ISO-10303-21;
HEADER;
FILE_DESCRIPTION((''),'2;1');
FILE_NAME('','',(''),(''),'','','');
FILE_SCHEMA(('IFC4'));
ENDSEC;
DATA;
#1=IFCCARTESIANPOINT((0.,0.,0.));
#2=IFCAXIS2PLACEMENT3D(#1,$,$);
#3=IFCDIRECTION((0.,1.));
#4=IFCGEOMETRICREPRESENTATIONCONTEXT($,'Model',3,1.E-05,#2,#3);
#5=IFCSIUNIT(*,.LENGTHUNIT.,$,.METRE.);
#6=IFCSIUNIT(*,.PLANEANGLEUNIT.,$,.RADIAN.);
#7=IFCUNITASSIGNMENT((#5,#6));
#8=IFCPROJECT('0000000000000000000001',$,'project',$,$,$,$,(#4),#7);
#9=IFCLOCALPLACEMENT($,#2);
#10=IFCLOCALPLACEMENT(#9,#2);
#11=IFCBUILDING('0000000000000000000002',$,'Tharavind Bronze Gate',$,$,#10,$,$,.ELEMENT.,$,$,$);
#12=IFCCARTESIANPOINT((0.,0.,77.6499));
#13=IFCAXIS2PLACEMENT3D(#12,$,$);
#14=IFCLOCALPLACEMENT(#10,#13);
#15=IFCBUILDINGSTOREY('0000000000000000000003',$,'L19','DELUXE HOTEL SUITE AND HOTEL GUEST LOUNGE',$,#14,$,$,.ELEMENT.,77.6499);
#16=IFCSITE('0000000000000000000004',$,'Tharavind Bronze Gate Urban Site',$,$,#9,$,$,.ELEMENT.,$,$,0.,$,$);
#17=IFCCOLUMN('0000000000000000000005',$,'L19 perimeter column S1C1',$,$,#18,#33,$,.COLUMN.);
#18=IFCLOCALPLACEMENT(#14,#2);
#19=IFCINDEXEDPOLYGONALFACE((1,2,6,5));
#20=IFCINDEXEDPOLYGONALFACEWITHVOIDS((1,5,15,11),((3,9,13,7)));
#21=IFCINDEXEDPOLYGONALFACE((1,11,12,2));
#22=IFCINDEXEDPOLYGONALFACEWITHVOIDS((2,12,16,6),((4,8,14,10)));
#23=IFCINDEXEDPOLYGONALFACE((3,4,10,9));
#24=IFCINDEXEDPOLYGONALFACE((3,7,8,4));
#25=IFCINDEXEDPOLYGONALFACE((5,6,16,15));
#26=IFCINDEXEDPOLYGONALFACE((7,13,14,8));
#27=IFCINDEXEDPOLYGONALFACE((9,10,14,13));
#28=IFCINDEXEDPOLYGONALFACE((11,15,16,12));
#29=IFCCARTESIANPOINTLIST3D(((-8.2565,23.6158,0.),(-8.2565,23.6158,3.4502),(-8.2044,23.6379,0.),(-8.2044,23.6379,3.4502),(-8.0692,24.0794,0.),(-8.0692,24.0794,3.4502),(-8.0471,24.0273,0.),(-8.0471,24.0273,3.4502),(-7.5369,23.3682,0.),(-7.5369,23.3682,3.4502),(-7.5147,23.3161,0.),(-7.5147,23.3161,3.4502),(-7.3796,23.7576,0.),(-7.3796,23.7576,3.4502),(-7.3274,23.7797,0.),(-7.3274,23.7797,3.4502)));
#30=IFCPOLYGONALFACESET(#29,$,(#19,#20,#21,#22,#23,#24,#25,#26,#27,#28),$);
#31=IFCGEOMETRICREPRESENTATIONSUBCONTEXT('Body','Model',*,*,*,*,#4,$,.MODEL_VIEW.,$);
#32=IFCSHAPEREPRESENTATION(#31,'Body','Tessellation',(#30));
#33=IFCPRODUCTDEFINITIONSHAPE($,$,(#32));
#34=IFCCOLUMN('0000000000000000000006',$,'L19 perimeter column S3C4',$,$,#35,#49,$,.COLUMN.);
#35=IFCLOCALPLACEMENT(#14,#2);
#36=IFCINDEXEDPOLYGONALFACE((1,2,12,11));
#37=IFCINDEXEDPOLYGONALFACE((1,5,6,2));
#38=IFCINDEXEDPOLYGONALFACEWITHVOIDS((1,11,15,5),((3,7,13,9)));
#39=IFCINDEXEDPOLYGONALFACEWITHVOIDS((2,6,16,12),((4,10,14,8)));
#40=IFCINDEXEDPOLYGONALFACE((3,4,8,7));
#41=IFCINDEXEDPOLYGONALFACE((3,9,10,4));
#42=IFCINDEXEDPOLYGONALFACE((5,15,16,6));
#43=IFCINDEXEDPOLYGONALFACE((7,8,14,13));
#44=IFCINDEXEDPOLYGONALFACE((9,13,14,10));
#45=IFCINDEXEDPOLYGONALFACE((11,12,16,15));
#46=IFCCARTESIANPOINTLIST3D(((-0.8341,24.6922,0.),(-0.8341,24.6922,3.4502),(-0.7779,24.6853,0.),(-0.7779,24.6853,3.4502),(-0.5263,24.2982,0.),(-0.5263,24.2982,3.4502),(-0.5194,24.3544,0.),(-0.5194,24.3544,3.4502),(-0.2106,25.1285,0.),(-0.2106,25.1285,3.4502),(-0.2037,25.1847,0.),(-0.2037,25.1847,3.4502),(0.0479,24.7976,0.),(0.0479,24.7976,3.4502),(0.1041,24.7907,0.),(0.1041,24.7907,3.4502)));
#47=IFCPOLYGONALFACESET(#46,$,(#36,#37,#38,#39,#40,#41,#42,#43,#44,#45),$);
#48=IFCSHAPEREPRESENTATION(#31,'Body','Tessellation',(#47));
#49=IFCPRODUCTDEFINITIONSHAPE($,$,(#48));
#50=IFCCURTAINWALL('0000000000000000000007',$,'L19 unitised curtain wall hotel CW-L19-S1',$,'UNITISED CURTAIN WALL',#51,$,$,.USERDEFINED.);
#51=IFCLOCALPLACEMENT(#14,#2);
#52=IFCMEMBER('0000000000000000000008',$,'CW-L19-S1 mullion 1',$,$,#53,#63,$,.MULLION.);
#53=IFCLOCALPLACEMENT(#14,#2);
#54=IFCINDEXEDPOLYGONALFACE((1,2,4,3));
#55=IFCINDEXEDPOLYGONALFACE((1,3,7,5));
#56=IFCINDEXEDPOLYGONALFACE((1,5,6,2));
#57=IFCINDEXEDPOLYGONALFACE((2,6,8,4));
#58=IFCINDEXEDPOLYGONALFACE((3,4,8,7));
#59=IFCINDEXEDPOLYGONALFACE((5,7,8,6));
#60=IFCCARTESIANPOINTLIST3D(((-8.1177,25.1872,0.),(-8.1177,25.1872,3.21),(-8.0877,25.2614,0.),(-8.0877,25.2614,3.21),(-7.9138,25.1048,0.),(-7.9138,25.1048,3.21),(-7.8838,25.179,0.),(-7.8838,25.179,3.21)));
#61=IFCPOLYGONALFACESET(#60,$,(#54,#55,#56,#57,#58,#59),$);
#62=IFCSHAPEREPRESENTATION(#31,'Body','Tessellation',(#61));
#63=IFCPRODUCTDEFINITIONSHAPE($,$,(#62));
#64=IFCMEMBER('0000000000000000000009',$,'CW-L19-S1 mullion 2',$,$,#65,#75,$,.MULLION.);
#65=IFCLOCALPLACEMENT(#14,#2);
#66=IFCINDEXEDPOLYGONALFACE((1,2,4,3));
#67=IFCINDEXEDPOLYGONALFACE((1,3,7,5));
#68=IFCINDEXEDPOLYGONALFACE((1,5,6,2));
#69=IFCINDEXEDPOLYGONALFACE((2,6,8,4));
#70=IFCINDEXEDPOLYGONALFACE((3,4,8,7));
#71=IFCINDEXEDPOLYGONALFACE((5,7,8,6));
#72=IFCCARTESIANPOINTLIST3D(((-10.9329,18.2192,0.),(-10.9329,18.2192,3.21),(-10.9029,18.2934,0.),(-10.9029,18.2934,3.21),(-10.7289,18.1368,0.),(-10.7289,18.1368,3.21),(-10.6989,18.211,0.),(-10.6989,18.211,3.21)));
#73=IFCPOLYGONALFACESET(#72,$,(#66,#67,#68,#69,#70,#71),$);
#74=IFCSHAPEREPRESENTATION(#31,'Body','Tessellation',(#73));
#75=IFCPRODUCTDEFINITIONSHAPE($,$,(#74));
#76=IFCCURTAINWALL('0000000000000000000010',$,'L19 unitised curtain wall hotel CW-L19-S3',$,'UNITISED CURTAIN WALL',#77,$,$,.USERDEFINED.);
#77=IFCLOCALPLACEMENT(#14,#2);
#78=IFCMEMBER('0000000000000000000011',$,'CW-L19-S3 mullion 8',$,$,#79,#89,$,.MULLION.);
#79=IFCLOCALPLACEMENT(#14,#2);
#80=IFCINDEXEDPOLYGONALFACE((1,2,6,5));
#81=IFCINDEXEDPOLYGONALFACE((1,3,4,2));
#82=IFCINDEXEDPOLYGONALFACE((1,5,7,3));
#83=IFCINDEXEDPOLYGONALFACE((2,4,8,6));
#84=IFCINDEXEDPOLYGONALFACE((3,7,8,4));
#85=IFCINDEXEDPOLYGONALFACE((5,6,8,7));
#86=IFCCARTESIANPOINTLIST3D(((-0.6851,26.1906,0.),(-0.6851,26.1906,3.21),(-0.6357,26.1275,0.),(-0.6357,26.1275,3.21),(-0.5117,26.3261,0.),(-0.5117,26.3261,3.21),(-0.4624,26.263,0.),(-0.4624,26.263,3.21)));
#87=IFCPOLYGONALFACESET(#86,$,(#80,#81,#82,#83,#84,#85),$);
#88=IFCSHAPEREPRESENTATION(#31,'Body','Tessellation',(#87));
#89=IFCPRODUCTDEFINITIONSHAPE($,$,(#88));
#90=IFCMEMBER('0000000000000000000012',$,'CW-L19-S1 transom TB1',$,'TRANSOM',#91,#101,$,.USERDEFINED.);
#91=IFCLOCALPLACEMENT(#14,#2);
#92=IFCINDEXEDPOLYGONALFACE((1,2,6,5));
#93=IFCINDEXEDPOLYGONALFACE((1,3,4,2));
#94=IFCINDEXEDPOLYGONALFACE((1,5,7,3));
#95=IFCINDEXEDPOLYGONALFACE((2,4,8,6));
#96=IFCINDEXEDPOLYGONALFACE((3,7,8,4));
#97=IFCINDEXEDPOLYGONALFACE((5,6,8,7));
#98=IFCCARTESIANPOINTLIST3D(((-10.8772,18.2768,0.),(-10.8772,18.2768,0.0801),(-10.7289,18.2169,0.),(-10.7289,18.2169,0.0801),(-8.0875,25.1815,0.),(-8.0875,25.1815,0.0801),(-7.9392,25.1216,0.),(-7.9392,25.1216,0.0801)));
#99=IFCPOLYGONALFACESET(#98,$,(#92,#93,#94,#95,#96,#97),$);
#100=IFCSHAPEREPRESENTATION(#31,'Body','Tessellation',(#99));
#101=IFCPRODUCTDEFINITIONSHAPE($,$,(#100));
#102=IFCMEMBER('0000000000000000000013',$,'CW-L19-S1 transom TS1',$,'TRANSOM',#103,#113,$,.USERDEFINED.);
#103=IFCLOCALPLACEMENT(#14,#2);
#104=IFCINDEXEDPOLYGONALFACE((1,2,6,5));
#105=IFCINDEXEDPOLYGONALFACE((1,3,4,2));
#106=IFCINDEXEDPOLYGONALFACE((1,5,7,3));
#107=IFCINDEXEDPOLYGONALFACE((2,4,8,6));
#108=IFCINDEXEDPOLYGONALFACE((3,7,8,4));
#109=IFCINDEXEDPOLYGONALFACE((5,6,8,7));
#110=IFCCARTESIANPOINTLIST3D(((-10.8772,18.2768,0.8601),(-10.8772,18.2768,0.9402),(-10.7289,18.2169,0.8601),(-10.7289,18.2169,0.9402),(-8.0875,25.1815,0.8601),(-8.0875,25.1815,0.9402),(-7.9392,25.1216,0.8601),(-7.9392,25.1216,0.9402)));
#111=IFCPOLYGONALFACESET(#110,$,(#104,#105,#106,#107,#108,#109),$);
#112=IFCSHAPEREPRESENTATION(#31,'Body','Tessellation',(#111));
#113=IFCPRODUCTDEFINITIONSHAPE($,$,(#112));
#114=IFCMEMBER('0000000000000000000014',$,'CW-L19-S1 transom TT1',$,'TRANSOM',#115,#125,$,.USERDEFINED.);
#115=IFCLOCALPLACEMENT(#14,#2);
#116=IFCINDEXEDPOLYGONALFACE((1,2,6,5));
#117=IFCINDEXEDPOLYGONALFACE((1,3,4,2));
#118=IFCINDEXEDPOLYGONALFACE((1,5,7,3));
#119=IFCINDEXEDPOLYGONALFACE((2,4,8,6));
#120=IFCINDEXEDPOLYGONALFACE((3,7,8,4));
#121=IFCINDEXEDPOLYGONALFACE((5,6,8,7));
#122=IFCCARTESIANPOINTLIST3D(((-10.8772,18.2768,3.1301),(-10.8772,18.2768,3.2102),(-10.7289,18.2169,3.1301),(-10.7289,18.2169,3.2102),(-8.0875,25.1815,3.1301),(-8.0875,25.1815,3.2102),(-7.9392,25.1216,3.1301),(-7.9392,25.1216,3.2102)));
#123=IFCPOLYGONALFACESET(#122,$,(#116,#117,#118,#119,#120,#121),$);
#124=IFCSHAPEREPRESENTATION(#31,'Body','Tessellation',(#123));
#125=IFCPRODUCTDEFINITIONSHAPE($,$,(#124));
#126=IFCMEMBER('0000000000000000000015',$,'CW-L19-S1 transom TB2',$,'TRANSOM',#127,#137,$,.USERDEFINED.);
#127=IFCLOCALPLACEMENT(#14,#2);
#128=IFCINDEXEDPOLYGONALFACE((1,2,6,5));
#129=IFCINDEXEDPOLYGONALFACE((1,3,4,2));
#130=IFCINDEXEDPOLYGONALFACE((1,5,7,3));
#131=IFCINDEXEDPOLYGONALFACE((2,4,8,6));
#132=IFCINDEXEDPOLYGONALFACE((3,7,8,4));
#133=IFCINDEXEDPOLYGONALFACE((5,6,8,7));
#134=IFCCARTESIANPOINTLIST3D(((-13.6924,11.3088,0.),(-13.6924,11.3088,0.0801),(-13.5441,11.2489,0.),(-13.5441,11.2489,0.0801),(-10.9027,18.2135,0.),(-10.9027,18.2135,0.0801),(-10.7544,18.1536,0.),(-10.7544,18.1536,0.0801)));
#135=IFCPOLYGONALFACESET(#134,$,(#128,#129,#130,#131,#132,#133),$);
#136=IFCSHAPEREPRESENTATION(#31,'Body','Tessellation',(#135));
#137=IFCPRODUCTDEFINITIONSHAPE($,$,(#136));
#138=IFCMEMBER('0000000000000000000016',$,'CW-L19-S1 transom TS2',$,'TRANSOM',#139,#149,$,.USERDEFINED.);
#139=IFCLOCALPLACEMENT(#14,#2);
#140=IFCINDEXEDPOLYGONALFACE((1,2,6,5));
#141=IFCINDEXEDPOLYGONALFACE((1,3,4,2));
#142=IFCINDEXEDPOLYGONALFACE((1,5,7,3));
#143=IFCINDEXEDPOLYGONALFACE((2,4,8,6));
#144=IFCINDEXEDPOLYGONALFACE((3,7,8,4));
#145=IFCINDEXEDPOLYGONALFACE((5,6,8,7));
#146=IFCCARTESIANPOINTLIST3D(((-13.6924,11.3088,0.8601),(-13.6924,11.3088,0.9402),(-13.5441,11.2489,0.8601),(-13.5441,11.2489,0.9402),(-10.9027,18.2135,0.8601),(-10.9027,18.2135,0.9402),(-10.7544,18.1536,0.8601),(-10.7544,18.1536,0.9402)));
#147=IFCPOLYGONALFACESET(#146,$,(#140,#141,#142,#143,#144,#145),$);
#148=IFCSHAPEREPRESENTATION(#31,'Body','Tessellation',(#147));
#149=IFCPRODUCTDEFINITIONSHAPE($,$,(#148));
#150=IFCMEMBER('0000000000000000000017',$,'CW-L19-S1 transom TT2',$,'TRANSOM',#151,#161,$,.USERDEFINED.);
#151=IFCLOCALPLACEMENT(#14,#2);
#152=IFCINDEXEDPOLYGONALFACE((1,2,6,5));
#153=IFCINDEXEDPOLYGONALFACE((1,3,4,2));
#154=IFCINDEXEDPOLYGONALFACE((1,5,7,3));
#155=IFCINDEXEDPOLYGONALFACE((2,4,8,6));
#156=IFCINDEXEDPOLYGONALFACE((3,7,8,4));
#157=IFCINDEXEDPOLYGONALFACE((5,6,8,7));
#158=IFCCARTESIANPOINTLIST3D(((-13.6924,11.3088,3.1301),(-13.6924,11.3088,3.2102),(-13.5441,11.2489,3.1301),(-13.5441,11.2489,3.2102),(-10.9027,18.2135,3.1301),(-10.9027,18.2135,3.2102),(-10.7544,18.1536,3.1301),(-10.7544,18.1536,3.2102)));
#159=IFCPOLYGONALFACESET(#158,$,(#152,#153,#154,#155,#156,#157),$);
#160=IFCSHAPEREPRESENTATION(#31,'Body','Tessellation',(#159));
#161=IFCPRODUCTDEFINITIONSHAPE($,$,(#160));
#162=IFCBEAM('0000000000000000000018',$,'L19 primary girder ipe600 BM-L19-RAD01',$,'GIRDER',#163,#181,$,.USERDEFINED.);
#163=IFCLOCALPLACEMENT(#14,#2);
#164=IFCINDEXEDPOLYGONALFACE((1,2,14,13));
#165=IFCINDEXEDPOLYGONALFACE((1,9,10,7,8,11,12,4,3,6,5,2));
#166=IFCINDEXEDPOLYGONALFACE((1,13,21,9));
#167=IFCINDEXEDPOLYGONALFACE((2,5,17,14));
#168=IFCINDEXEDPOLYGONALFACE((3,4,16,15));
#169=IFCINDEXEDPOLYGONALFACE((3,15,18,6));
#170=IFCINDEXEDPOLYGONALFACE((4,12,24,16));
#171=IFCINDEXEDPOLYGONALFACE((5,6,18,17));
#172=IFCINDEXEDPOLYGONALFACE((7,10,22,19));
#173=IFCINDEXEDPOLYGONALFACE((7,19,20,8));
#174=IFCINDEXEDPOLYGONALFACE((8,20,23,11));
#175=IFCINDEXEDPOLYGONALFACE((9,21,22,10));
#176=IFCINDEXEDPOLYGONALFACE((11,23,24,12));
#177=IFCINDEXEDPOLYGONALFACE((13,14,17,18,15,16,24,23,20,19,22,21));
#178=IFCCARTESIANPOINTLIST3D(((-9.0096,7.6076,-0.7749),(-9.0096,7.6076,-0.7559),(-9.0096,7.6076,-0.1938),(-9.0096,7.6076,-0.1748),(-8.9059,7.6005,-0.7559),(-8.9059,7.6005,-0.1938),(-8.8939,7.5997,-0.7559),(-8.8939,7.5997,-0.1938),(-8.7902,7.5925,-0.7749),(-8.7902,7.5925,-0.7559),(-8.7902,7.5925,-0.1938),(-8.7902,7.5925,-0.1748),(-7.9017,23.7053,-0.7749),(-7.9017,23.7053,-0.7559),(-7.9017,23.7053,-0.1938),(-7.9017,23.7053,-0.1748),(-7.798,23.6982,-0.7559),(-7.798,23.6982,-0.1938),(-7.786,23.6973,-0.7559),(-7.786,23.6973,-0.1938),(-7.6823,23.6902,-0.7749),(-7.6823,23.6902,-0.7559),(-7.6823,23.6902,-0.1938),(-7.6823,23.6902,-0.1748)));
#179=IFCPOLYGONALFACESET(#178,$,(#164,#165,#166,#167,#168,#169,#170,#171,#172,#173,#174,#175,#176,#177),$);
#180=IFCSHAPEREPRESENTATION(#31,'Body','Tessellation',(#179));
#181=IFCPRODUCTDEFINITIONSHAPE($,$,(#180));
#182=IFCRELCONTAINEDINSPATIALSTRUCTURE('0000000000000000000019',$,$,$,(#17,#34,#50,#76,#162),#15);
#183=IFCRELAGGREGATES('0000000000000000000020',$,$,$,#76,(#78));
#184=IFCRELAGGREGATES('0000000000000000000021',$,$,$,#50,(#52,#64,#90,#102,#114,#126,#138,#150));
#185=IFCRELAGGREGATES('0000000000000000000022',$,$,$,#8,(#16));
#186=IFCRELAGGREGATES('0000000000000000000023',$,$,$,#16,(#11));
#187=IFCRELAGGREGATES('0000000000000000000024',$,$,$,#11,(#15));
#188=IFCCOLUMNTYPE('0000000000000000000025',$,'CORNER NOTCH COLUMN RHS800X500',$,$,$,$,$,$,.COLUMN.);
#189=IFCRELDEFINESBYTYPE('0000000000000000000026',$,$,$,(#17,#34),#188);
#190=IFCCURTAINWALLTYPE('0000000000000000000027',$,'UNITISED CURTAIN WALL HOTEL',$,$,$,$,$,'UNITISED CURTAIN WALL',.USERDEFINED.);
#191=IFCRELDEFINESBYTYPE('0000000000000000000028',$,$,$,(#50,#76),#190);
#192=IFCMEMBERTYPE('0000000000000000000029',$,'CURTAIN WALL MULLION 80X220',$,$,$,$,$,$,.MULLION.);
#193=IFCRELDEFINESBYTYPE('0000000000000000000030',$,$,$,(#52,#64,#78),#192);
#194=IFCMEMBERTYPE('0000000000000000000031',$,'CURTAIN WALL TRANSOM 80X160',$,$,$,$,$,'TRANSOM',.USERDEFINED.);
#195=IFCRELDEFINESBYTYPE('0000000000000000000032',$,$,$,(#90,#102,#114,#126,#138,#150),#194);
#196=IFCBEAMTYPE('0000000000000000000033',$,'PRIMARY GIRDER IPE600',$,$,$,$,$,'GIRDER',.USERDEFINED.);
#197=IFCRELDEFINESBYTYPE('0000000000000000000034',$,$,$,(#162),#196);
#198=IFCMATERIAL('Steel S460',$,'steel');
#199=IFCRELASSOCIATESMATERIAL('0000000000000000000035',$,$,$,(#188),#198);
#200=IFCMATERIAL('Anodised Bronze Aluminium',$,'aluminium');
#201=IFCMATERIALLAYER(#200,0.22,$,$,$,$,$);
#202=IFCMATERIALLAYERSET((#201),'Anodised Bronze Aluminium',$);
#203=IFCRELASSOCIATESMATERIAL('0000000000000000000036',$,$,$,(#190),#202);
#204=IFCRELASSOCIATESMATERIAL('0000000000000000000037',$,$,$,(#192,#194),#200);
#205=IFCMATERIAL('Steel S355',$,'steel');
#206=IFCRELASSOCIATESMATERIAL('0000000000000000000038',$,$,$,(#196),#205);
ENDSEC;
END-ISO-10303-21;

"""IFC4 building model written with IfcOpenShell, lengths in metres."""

from ifc_helpers import new_model, si_unit, direction, frame, origin, origin_2d, place, context, subcontext, project, spatial, rectangle, hollow_rectangle, i_section, extrude, material, layer, layer_set, material_profile, profile_set, type_object, element, aggregate, save


model = new_model("IFC4")

# Units and contexts
model_context = context("Model", 3, precision=1e-05, world=origin(), true_north=direction((0.0, 1.0)))
body_context = subcontext(model_context, "Body", "Model", "MODEL_VIEW")
ifc_project = project(units=[si_unit("LENGTHUNIT", "METRE"), si_unit("PLANEANGLEUNIT", "RADIAN")], contexts=[model_context])

# Site, building, storey
site_placement = place(None, origin())
site = spatial("IfcSite", under=ifc_project, at=site_placement, Name="Tharavind Bronze Gate Urban Site", CompositionType="ELEMENT", RefElevation=0.0)
building_placement = place(site_placement, origin())
building = spatial("IfcBuilding", under=site, at=building_placement, Name="Tharavind Bronze Gate", CompositionType="ELEMENT")
storey_placement = place(building_placement, frame((0.0, 0.0, 77.6499)))
storey = spatial("IfcBuildingStorey", under=building, at=storey_placement, Name="L19", Description="DELUXE HOTEL SUITE AND HOTEL GUEST LOUNGE", CompositionType="ELEMENT", Elevation=77.6499)

# Columns
ifc_material_1 = material(Name="Steel S460", Category="steel")
ifc_material_profile_1 = material_profile(ifc_material_1, hollow_rectangle(XDim=0.5, YDim=0.8, WallThickness=0.04, at=origin_2d()), Name="RHS800X500X40")
ifc_profile_set_1 = profile_set([ifc_material_profile_1], Name="Steel S460")
column_type = type_object("IfcColumnType", Name="CORNER NOTCH COLUMN RHS800X500", PredefinedType="COLUMN", material=ifc_profile_set_1)
for number, where, z_axis, x_axis, name in (
    (1, (-7.792, 23.6978, 0.0), (0.0, 0.0, 1.0), (0.374608, 0.927183, 0.0), "L19 perimeter column S1C1"),
    (2, (-0.365, 24.7415, 0.0), (0.0, 0.0, 1.0), (-0.615661, 0.788011, 0.0), "L19 perimeter column S3C4"),
):
    element("IfcColumn", number, at=place(storey_placement, frame(where, z_axis=z_axis, x_axis=x_axis)), inside=storey, type_object=column_type, Name=name, PredefinedType="COLUMN", context=body_context, shape_type="SweptSolid", body=[
        extrude(hollow_rectangle(XDim=0.5, YDim=0.8, WallThickness=0.04, at=origin_2d()), origin(), (0.0, 0.0, 1.0), 3.4502),
    ])

# Curtain wall, members
ifc_material_2 = material(Name="Anodised Bronze Aluminium", Category="aluminium")
ifc_layer_1 = layer(ifc_material_2, 0.22)
ifc_layer_set_1 = layer_set([ifc_layer_1], Name="Anodised Bronze Aluminium")
curtain_wall_type = type_object("IfcCurtainWallType", Name="UNITISED CURTAIN WALL HOTEL", ElementType="UNITISED CURTAIN WALL", PredefinedType="USERDEFINED", material=ifc_layer_set_1)
curtain_wall_1_placement = place(storey_placement, origin())
curtain_wall_1 = element("IfcCurtainWall", 3, at=curtain_wall_1_placement, inside=storey, type_object=curtain_wall_type, Name="L19 unitised curtain wall hotel CW-L19-S1", ObjectType="UNITISED CURTAIN WALL", PredefinedType="USERDEFINED")
member_type_1 = type_object("IfcMemberType", Name="CURTAIN WALL MULLION 80X220", PredefinedType="MULLION", material=ifc_material_2)
member_1_placement = place(storey_placement, frame((-8.0007, 25.1831, 0.0), z_axis=(0.0, 0.0, 1.0), x_axis=(-0.374607, -0.927184, 0.0)))
member_1 = element("IfcMember", 4, at=member_1_placement, type_object=member_type_1, Name="CW-L19-S1 mullion 1", PredefinedType="MULLION", context=body_context, shape_type="SweptSolid", body=[
    extrude(rectangle(XDim=0.0801, YDim=0.22, at=origin_2d()), origin(), (0.0, 0.0, 1.0), 3.21),
])
member_2_placement = place(storey_placement, frame((-10.8159, 18.2151, 0.0), z_axis=(0.0, 0.0, 1.0), x_axis=(-0.374607, -0.927184, 0.0)))
member_2 = element("IfcMember", 5, at=member_2_placement, type_object=member_type_1, Name="CW-L19-S1 mullion 2", PredefinedType="MULLION", context=body_context, shape_type="SweptSolid", body=[
    extrude(rectangle(XDim=0.0801, YDim=0.22, at=origin_2d()), origin(), (0.0, 0.0, 1.0), 3.21),
])

# Curtain wall, member
curtain_wall_2_placement = place(storey_placement, origin())
curtain_wall_2 = element("IfcCurtainWall", 6, at=curtain_wall_2_placement, inside=storey, type_object=curtain_wall_type, Name="L19 unitised curtain wall hotel CW-L19-S3", ObjectType="UNITISED CURTAIN WALL", PredefinedType="USERDEFINED")
member_3_placement = place(storey_placement, frame((-0.5737, 26.2268, 0.0), z_axis=(0.0, 0.0, 1.0), x_axis=(-0.615661, 0.788011, 0.0)))
member_3 = element("IfcMember", 7, at=member_3_placement, type_object=member_type_1, Name="CW-L19-S3 mullion 8", PredefinedType="MULLION", context=body_context, shape_type="SweptSolid", body=[
    extrude(rectangle(XDim=0.0801, YDim=0.22, at=origin_2d()), origin(), (0.0, 0.0, 1.0), 3.21),
])
aggregate(curtain_wall_2, [member_3])

# Members
member_type_2 = type_object("IfcMemberType", Name="CURTAIN WALL TRANSOM 80X160", ElementType="TRANSOM", PredefinedType="USERDEFINED", material=ifc_material_2)
member_4_placement = place(storey_placement, frame((-9.4082, 21.6992, 0.0), z_axis=(0.0, 0.0, 1.0), x_axis=(-0.374607, -0.927184, 0.0)))
member_4 = element("IfcMember", 8, at=member_4_placement, type_object=member_type_2, Name="CW-L19-S1 transom TB1", ObjectType="TRANSOM", PredefinedType="USERDEFINED", context=body_context, shape_type="SweptSolid", body=[
    extrude(rectangle(XDim=7.447, YDim=0.1599, at=origin_2d()), origin(), (0.0, 0.0, 1.0), 0.0801),
])
member_5_placement = place(storey_placement, frame((-9.4082, 21.6992, 0.8601), z_axis=(0.0, 0.0, 1.0), x_axis=(-0.374607, -0.927184, 0.0)))
member_5 = element("IfcMember", 9, at=member_5_placement, type_object=member_type_2, Name="CW-L19-S1 transom TS1", ObjectType="TRANSOM", PredefinedType="USERDEFINED", context=body_context, shape_type="SweptSolid", body=[
    extrude(rectangle(XDim=7.447, YDim=0.1599, at=origin_2d()), origin(), (0.0, 0.0, 1.0), 0.0801),
])
member_6_placement = place(storey_placement, frame((-9.4082, 21.6992, 3.1301), z_axis=(0.0, 0.0, 1.0), x_axis=(-0.374607, -0.927184, 0.0)))
member_6 = element("IfcMember", 10, at=member_6_placement, type_object=member_type_2, Name="CW-L19-S1 transom TT1", ObjectType="TRANSOM", PredefinedType="USERDEFINED", context=body_context, shape_type="SweptSolid", body=[
    extrude(rectangle(XDim=7.447, YDim=0.1599, at=origin_2d()), origin(), (0.0, 0.0, 1.0), 0.0801),
])
member_7_placement = place(storey_placement, frame((-12.2234, 14.7312, 0.0), z_axis=(0.0, 0.0, 1.0), x_axis=(-0.374607, -0.927184, 0.0)))
member_7 = element("IfcMember", 11, at=member_7_placement, type_object=member_type_2, Name="CW-L19-S1 transom TB2", ObjectType="TRANSOM", PredefinedType="USERDEFINED", context=body_context, shape_type="SweptSolid", body=[
    extrude(rectangle(XDim=7.447, YDim=0.1599, at=origin_2d()), origin(), (0.0, 0.0, 1.0), 0.0801),
])
member_8_placement = place(storey_placement, frame((-12.2234, 14.7312, 0.8601), z_axis=(0.0, 0.0, 1.0), x_axis=(-0.374607, -0.927184, 0.0)))
member_8 = element("IfcMember", 12, at=member_8_placement, type_object=member_type_2, Name="CW-L19-S1 transom TS2", ObjectType="TRANSOM", PredefinedType="USERDEFINED", context=body_context, shape_type="SweptSolid", body=[
    extrude(rectangle(XDim=7.447, YDim=0.1599, at=origin_2d()), origin(), (0.0, 0.0, 1.0), 0.0801),
])
member_9_placement = place(storey_placement, frame((-12.2234, 14.7312, 3.1301), z_axis=(0.0, 0.0, 1.0), x_axis=(-0.374607, -0.927184, 0.0)))
member_9 = element("IfcMember", 13, at=member_9_placement, type_object=member_type_2, Name="CW-L19-S1 transom TT2", ObjectType="TRANSOM", PredefinedType="USERDEFINED", context=body_context, shape_type="SweptSolid", body=[
    extrude(rectangle(XDim=7.447, YDim=0.1599, at=origin_2d()), origin(), (0.0, 0.0, 1.0), 0.0801),
])

# Beam
ifc_material_3 = material(Name="Steel S355", Category="steel")
ifc_material_profile_2 = material_profile(ifc_material_3, i_section(OverallWidth=0.22, OverallDepth=0.6001, WebThickness=0.012, FlangeThickness=0.019, at=origin_2d()), Name="IPE600")
ifc_profile_set_2 = profile_set([ifc_material_profile_2], Name="Steel S355")
beam_type_1 = type_object("IfcBeamType", Name="PRIMARY GIRDER IPE600", ElementType="GIRDER", PredefinedType="USERDEFINED", material=ifc_profile_set_2)
beam_1_placement = place(storey_placement, frame((-7.792, 23.6978, -0.4749), z_axis=(-0.068662, -0.99764, 0.0), x_axis=(0.99764, -0.068662, 0.0)))
element("IfcBeam", 14, at=beam_1_placement, inside=storey, type_object=beam_type_1, Name="L19 primary girder ipe600 BM-L19-RAD01", ObjectType="GIRDER", PredefinedType="USERDEFINED", context=body_context, shape_type="SweptSolid", body=[
    extrude(i_section(OverallWidth=0.22, OverallDepth=0.6001, WebThickness=0.012, FlangeThickness=0.019, at=origin_2d()), origin(), (0.0, 0.0, 1.0), 16.1357),
])

aggregate(curtain_wall_1, [member_1, member_2, member_4, member_5, member_6, member_7, member_8, member_9])

save(model, "model.ifc")
